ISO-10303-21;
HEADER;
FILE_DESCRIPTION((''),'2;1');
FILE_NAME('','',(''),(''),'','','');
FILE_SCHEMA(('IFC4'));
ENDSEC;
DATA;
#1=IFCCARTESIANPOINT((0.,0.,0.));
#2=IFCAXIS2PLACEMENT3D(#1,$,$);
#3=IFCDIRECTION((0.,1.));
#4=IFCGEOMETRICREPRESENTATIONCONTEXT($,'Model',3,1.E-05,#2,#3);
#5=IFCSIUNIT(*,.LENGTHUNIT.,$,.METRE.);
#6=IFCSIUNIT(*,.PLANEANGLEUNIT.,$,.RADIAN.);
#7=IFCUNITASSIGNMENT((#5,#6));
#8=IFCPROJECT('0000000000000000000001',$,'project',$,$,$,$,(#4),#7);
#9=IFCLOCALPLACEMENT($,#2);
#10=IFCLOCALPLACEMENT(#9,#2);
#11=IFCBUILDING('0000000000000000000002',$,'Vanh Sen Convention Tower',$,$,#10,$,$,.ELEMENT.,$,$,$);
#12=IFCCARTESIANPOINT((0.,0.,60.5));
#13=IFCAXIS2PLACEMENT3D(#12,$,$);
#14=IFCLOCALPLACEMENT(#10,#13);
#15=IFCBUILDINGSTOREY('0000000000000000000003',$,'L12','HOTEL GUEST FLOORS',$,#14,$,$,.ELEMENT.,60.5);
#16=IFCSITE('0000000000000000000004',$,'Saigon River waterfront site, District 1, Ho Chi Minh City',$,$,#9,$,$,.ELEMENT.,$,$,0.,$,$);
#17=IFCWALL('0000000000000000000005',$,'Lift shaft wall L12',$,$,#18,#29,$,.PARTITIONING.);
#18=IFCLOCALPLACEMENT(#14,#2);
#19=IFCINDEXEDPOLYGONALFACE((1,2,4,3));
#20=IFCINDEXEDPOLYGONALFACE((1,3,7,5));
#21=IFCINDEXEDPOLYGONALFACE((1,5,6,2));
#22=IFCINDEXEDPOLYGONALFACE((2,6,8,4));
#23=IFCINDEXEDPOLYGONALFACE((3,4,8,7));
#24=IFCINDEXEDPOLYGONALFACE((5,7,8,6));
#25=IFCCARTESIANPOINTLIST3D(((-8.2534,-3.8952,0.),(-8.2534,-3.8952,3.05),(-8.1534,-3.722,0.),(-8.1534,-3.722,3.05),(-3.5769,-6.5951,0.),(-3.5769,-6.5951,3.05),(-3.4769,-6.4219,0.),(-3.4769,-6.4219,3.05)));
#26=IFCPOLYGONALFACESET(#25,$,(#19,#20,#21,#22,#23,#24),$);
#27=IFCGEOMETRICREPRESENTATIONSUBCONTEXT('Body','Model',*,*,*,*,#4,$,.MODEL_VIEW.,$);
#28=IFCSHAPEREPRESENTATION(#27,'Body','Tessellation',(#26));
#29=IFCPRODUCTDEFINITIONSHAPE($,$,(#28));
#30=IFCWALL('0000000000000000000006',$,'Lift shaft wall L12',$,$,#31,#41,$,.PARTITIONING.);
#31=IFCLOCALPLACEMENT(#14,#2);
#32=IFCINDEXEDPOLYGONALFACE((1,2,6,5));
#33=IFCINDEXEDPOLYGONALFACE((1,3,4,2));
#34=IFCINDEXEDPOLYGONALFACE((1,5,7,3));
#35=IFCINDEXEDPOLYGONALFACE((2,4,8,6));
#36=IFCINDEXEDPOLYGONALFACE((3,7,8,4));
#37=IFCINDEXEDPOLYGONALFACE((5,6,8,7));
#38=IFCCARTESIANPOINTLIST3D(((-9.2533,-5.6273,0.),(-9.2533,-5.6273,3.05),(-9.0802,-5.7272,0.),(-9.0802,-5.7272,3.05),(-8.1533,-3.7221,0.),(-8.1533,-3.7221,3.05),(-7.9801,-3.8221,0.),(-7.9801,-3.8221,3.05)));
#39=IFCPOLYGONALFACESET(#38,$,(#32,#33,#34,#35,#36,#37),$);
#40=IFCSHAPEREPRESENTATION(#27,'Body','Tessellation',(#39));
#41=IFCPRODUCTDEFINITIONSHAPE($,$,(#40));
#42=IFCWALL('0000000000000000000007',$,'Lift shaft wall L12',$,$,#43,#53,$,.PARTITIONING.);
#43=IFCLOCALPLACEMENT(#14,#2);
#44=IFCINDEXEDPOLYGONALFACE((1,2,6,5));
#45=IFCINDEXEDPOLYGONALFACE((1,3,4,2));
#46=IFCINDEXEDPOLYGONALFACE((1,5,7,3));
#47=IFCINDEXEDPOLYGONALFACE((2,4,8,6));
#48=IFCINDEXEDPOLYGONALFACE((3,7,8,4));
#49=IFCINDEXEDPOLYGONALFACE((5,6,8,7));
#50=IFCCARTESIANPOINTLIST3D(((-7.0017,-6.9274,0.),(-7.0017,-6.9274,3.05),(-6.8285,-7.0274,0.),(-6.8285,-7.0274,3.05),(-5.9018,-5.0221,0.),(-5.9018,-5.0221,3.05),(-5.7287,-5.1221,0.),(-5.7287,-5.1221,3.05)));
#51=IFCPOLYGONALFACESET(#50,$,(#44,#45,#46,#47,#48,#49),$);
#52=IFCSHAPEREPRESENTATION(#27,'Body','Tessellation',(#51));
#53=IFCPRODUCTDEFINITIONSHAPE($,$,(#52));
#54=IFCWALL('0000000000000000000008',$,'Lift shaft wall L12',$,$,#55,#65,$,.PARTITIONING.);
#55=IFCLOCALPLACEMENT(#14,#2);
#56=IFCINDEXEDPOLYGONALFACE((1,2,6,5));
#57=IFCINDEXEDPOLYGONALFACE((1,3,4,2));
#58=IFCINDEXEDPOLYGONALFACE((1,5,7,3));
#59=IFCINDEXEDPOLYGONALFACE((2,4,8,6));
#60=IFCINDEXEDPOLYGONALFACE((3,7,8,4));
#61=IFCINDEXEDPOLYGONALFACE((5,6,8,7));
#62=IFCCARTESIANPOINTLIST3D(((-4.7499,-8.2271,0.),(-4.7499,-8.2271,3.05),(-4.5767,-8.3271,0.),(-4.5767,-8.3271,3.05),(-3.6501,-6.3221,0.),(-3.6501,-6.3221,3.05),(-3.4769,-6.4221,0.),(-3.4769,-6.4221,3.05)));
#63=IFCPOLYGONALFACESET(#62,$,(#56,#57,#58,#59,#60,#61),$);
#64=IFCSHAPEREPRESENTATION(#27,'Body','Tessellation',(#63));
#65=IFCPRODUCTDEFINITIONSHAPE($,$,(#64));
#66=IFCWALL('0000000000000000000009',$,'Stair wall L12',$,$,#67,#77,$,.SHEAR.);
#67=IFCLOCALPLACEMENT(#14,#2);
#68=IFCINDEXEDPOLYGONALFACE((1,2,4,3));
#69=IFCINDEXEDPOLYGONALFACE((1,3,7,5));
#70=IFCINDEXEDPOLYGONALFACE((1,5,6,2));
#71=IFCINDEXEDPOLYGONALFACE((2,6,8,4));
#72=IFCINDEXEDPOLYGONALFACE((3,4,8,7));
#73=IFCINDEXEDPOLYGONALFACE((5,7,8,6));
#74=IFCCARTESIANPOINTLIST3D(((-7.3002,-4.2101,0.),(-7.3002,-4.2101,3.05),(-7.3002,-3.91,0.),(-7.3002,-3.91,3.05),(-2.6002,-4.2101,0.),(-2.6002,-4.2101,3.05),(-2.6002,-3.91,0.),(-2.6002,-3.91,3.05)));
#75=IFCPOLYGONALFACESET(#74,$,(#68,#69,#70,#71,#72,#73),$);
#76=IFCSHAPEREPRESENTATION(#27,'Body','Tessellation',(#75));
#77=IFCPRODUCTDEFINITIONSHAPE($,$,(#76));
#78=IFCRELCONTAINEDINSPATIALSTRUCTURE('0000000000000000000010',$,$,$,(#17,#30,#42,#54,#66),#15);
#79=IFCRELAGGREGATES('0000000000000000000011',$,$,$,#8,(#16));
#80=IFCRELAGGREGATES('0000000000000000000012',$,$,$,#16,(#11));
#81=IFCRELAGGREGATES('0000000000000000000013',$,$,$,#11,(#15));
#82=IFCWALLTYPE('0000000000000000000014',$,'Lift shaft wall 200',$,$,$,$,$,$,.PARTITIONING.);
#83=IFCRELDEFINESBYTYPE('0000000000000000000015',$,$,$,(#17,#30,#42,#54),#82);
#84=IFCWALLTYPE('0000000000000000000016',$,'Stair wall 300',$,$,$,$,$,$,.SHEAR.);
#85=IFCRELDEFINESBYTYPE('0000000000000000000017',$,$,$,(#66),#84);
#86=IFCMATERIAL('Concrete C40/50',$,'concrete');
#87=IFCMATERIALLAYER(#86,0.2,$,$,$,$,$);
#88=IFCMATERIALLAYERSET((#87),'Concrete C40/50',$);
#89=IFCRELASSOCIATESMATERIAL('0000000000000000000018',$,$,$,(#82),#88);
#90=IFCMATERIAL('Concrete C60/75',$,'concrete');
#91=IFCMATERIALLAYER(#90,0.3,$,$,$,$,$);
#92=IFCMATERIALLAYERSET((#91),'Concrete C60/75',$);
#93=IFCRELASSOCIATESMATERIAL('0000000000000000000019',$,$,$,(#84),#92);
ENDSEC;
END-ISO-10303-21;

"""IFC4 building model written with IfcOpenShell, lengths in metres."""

from ifc_helpers import new_model, si_unit, direction, frame, frame_2d, origin, place, context, subcontext, project, spatial, rectangle, extrude, material, layer, layer_set, type_object, element, save


model = new_model("IFC4")

# Units and contexts
model_context = context("Model", 3, precision=1e-05, world=origin(), true_north=direction((0.0, 1.0)))
body_context = subcontext(model_context, "Body", "Model", "MODEL_VIEW")
ifc_project = project(units=[si_unit("LENGTHUNIT", "METRE"), si_unit("PLANEANGLEUNIT", "RADIAN")], contexts=[model_context])

# Site, building, storey
site_placement = place(None, origin())
site = spatial("IfcSite", under=ifc_project, at=site_placement, Name="Saigon River waterfront site, District 1, Ho Chi Minh City", CompositionType="ELEMENT", RefElevation=0.0)
building_placement = place(site_placement, origin())
building = spatial("IfcBuilding", under=site, at=building_placement, Name="Vanh Sen Convention Tower", CompositionType="ELEMENT")
storey_placement = place(building_placement, frame((0.0, 0.0, 60.5)))
storey = spatial("IfcBuildingStorey", under=building, at=storey_placement, Name="L12", Description="HOTEL GUEST FLOORS", CompositionType="ELEMENT", Elevation=60.5)

# Walls
ifc_material_1 = material(Name="Concrete C40/50", Category="concrete")
ifc_layer_1 = layer(ifc_material_1, 0.2)
ifc_layer_set_1 = layer_set([ifc_layer_1], Name="Concrete C40/50")
wall_type_1 = type_object("IfcWallType", Name="Lift shaft wall 200", PredefinedType="PARTITIONING", material=ifc_layer_set_1)
wall_1_placement = place(storey_placement, frame((-8.2034, -3.8086, 0.0), z_axis=(0.0, 0.0, 1.0), x_axis=(0.866028, -0.499995, 0.0)))
element("IfcWall", 1, at=wall_1_placement, inside=storey, type_object=wall_type_1, Name="Lift shaft wall L12", PredefinedType="PARTITIONING", context=body_context, shape_type="SweptSolid", body=[
    extrude(rectangle(XDim=5.3999, YDim=0.2, at=frame_2d((2.7, 0.0))), origin(), (0.0, 0.0, 1.0), 3.05),
])
for number, where, z_axis, x_axis, name in (
    (2, (-8.0667, -3.772, 0.0), (0.0, 0.0, 1.0), (-0.50003, -0.866008, 0.0), "Lift shaft wall L12"),
    (3, (-5.8152, -5.072, 0.0), (0.0, 0.0, 1.0), (-0.499947, -0.866056, 0.0), "Lift shaft wall L12"),
):
    element("IfcWall", number, at=place(storey_placement, frame(where, z_axis=z_axis, x_axis=x_axis)), inside=storey, type_object=wall_type_1, Name=name, PredefinedType="PARTITIONING", context=body_context, shape_type="SweptSolid", body=[
        extrude(rectangle(XDim=2.2, YDim=0.2, at=frame_2d((1.1001, 0.0))), origin(), (0.0, 0.0, 1.0), 3.05),
    ])
wall_2_placement = place(storey_placement, frame((-3.5635, -6.3721, 0.0), z_axis=(0.0, 0.0, 1.0), x_axis=(-0.499995, -0.866028, 0.0)))
element("IfcWall", 4, at=wall_2_placement, inside=storey, type_object=wall_type_1, Name="Lift shaft wall L12", PredefinedType="PARTITIONING", context=body_context, shape_type="SweptSolid", body=[
    extrude(rectangle(XDim=2.1997, YDim=0.2, at=frame_2d((1.0999, 0.0))), origin(), (0.0, 0.0, 1.0), 3.05),
])
ifc_material_2 = material(Name="Concrete C60/75", Category="concrete")
ifc_layer_2 = layer(ifc_material_2, 0.3)
ifc_layer_set_2 = layer_set([ifc_layer_2], Name="Concrete C60/75")
wall_type_2 = type_object("IfcWallType", Name="Stair wall 300", PredefinedType="SHEAR", material=ifc_layer_set_2)
wall_3_placement = place(storey_placement, frame((-2.6001, -4.0601, 0.0), z_axis=(0.0, 0.0, 1.0), x_axis=(-1.0, 0.0, 0.0)))
element("IfcWall", 5, at=wall_3_placement, inside=storey, type_object=wall_type_2, Name="Stair wall L12", PredefinedType="SHEAR", context=body_context, shape_type="SweptSolid", body=[
    extrude(rectangle(XDim=4.7, YDim=0.3, at=frame_2d((2.3501, 0.0))), origin(), (0.0, 0.0, 1.0), 3.05),
])

save(model, "model.ifc")
